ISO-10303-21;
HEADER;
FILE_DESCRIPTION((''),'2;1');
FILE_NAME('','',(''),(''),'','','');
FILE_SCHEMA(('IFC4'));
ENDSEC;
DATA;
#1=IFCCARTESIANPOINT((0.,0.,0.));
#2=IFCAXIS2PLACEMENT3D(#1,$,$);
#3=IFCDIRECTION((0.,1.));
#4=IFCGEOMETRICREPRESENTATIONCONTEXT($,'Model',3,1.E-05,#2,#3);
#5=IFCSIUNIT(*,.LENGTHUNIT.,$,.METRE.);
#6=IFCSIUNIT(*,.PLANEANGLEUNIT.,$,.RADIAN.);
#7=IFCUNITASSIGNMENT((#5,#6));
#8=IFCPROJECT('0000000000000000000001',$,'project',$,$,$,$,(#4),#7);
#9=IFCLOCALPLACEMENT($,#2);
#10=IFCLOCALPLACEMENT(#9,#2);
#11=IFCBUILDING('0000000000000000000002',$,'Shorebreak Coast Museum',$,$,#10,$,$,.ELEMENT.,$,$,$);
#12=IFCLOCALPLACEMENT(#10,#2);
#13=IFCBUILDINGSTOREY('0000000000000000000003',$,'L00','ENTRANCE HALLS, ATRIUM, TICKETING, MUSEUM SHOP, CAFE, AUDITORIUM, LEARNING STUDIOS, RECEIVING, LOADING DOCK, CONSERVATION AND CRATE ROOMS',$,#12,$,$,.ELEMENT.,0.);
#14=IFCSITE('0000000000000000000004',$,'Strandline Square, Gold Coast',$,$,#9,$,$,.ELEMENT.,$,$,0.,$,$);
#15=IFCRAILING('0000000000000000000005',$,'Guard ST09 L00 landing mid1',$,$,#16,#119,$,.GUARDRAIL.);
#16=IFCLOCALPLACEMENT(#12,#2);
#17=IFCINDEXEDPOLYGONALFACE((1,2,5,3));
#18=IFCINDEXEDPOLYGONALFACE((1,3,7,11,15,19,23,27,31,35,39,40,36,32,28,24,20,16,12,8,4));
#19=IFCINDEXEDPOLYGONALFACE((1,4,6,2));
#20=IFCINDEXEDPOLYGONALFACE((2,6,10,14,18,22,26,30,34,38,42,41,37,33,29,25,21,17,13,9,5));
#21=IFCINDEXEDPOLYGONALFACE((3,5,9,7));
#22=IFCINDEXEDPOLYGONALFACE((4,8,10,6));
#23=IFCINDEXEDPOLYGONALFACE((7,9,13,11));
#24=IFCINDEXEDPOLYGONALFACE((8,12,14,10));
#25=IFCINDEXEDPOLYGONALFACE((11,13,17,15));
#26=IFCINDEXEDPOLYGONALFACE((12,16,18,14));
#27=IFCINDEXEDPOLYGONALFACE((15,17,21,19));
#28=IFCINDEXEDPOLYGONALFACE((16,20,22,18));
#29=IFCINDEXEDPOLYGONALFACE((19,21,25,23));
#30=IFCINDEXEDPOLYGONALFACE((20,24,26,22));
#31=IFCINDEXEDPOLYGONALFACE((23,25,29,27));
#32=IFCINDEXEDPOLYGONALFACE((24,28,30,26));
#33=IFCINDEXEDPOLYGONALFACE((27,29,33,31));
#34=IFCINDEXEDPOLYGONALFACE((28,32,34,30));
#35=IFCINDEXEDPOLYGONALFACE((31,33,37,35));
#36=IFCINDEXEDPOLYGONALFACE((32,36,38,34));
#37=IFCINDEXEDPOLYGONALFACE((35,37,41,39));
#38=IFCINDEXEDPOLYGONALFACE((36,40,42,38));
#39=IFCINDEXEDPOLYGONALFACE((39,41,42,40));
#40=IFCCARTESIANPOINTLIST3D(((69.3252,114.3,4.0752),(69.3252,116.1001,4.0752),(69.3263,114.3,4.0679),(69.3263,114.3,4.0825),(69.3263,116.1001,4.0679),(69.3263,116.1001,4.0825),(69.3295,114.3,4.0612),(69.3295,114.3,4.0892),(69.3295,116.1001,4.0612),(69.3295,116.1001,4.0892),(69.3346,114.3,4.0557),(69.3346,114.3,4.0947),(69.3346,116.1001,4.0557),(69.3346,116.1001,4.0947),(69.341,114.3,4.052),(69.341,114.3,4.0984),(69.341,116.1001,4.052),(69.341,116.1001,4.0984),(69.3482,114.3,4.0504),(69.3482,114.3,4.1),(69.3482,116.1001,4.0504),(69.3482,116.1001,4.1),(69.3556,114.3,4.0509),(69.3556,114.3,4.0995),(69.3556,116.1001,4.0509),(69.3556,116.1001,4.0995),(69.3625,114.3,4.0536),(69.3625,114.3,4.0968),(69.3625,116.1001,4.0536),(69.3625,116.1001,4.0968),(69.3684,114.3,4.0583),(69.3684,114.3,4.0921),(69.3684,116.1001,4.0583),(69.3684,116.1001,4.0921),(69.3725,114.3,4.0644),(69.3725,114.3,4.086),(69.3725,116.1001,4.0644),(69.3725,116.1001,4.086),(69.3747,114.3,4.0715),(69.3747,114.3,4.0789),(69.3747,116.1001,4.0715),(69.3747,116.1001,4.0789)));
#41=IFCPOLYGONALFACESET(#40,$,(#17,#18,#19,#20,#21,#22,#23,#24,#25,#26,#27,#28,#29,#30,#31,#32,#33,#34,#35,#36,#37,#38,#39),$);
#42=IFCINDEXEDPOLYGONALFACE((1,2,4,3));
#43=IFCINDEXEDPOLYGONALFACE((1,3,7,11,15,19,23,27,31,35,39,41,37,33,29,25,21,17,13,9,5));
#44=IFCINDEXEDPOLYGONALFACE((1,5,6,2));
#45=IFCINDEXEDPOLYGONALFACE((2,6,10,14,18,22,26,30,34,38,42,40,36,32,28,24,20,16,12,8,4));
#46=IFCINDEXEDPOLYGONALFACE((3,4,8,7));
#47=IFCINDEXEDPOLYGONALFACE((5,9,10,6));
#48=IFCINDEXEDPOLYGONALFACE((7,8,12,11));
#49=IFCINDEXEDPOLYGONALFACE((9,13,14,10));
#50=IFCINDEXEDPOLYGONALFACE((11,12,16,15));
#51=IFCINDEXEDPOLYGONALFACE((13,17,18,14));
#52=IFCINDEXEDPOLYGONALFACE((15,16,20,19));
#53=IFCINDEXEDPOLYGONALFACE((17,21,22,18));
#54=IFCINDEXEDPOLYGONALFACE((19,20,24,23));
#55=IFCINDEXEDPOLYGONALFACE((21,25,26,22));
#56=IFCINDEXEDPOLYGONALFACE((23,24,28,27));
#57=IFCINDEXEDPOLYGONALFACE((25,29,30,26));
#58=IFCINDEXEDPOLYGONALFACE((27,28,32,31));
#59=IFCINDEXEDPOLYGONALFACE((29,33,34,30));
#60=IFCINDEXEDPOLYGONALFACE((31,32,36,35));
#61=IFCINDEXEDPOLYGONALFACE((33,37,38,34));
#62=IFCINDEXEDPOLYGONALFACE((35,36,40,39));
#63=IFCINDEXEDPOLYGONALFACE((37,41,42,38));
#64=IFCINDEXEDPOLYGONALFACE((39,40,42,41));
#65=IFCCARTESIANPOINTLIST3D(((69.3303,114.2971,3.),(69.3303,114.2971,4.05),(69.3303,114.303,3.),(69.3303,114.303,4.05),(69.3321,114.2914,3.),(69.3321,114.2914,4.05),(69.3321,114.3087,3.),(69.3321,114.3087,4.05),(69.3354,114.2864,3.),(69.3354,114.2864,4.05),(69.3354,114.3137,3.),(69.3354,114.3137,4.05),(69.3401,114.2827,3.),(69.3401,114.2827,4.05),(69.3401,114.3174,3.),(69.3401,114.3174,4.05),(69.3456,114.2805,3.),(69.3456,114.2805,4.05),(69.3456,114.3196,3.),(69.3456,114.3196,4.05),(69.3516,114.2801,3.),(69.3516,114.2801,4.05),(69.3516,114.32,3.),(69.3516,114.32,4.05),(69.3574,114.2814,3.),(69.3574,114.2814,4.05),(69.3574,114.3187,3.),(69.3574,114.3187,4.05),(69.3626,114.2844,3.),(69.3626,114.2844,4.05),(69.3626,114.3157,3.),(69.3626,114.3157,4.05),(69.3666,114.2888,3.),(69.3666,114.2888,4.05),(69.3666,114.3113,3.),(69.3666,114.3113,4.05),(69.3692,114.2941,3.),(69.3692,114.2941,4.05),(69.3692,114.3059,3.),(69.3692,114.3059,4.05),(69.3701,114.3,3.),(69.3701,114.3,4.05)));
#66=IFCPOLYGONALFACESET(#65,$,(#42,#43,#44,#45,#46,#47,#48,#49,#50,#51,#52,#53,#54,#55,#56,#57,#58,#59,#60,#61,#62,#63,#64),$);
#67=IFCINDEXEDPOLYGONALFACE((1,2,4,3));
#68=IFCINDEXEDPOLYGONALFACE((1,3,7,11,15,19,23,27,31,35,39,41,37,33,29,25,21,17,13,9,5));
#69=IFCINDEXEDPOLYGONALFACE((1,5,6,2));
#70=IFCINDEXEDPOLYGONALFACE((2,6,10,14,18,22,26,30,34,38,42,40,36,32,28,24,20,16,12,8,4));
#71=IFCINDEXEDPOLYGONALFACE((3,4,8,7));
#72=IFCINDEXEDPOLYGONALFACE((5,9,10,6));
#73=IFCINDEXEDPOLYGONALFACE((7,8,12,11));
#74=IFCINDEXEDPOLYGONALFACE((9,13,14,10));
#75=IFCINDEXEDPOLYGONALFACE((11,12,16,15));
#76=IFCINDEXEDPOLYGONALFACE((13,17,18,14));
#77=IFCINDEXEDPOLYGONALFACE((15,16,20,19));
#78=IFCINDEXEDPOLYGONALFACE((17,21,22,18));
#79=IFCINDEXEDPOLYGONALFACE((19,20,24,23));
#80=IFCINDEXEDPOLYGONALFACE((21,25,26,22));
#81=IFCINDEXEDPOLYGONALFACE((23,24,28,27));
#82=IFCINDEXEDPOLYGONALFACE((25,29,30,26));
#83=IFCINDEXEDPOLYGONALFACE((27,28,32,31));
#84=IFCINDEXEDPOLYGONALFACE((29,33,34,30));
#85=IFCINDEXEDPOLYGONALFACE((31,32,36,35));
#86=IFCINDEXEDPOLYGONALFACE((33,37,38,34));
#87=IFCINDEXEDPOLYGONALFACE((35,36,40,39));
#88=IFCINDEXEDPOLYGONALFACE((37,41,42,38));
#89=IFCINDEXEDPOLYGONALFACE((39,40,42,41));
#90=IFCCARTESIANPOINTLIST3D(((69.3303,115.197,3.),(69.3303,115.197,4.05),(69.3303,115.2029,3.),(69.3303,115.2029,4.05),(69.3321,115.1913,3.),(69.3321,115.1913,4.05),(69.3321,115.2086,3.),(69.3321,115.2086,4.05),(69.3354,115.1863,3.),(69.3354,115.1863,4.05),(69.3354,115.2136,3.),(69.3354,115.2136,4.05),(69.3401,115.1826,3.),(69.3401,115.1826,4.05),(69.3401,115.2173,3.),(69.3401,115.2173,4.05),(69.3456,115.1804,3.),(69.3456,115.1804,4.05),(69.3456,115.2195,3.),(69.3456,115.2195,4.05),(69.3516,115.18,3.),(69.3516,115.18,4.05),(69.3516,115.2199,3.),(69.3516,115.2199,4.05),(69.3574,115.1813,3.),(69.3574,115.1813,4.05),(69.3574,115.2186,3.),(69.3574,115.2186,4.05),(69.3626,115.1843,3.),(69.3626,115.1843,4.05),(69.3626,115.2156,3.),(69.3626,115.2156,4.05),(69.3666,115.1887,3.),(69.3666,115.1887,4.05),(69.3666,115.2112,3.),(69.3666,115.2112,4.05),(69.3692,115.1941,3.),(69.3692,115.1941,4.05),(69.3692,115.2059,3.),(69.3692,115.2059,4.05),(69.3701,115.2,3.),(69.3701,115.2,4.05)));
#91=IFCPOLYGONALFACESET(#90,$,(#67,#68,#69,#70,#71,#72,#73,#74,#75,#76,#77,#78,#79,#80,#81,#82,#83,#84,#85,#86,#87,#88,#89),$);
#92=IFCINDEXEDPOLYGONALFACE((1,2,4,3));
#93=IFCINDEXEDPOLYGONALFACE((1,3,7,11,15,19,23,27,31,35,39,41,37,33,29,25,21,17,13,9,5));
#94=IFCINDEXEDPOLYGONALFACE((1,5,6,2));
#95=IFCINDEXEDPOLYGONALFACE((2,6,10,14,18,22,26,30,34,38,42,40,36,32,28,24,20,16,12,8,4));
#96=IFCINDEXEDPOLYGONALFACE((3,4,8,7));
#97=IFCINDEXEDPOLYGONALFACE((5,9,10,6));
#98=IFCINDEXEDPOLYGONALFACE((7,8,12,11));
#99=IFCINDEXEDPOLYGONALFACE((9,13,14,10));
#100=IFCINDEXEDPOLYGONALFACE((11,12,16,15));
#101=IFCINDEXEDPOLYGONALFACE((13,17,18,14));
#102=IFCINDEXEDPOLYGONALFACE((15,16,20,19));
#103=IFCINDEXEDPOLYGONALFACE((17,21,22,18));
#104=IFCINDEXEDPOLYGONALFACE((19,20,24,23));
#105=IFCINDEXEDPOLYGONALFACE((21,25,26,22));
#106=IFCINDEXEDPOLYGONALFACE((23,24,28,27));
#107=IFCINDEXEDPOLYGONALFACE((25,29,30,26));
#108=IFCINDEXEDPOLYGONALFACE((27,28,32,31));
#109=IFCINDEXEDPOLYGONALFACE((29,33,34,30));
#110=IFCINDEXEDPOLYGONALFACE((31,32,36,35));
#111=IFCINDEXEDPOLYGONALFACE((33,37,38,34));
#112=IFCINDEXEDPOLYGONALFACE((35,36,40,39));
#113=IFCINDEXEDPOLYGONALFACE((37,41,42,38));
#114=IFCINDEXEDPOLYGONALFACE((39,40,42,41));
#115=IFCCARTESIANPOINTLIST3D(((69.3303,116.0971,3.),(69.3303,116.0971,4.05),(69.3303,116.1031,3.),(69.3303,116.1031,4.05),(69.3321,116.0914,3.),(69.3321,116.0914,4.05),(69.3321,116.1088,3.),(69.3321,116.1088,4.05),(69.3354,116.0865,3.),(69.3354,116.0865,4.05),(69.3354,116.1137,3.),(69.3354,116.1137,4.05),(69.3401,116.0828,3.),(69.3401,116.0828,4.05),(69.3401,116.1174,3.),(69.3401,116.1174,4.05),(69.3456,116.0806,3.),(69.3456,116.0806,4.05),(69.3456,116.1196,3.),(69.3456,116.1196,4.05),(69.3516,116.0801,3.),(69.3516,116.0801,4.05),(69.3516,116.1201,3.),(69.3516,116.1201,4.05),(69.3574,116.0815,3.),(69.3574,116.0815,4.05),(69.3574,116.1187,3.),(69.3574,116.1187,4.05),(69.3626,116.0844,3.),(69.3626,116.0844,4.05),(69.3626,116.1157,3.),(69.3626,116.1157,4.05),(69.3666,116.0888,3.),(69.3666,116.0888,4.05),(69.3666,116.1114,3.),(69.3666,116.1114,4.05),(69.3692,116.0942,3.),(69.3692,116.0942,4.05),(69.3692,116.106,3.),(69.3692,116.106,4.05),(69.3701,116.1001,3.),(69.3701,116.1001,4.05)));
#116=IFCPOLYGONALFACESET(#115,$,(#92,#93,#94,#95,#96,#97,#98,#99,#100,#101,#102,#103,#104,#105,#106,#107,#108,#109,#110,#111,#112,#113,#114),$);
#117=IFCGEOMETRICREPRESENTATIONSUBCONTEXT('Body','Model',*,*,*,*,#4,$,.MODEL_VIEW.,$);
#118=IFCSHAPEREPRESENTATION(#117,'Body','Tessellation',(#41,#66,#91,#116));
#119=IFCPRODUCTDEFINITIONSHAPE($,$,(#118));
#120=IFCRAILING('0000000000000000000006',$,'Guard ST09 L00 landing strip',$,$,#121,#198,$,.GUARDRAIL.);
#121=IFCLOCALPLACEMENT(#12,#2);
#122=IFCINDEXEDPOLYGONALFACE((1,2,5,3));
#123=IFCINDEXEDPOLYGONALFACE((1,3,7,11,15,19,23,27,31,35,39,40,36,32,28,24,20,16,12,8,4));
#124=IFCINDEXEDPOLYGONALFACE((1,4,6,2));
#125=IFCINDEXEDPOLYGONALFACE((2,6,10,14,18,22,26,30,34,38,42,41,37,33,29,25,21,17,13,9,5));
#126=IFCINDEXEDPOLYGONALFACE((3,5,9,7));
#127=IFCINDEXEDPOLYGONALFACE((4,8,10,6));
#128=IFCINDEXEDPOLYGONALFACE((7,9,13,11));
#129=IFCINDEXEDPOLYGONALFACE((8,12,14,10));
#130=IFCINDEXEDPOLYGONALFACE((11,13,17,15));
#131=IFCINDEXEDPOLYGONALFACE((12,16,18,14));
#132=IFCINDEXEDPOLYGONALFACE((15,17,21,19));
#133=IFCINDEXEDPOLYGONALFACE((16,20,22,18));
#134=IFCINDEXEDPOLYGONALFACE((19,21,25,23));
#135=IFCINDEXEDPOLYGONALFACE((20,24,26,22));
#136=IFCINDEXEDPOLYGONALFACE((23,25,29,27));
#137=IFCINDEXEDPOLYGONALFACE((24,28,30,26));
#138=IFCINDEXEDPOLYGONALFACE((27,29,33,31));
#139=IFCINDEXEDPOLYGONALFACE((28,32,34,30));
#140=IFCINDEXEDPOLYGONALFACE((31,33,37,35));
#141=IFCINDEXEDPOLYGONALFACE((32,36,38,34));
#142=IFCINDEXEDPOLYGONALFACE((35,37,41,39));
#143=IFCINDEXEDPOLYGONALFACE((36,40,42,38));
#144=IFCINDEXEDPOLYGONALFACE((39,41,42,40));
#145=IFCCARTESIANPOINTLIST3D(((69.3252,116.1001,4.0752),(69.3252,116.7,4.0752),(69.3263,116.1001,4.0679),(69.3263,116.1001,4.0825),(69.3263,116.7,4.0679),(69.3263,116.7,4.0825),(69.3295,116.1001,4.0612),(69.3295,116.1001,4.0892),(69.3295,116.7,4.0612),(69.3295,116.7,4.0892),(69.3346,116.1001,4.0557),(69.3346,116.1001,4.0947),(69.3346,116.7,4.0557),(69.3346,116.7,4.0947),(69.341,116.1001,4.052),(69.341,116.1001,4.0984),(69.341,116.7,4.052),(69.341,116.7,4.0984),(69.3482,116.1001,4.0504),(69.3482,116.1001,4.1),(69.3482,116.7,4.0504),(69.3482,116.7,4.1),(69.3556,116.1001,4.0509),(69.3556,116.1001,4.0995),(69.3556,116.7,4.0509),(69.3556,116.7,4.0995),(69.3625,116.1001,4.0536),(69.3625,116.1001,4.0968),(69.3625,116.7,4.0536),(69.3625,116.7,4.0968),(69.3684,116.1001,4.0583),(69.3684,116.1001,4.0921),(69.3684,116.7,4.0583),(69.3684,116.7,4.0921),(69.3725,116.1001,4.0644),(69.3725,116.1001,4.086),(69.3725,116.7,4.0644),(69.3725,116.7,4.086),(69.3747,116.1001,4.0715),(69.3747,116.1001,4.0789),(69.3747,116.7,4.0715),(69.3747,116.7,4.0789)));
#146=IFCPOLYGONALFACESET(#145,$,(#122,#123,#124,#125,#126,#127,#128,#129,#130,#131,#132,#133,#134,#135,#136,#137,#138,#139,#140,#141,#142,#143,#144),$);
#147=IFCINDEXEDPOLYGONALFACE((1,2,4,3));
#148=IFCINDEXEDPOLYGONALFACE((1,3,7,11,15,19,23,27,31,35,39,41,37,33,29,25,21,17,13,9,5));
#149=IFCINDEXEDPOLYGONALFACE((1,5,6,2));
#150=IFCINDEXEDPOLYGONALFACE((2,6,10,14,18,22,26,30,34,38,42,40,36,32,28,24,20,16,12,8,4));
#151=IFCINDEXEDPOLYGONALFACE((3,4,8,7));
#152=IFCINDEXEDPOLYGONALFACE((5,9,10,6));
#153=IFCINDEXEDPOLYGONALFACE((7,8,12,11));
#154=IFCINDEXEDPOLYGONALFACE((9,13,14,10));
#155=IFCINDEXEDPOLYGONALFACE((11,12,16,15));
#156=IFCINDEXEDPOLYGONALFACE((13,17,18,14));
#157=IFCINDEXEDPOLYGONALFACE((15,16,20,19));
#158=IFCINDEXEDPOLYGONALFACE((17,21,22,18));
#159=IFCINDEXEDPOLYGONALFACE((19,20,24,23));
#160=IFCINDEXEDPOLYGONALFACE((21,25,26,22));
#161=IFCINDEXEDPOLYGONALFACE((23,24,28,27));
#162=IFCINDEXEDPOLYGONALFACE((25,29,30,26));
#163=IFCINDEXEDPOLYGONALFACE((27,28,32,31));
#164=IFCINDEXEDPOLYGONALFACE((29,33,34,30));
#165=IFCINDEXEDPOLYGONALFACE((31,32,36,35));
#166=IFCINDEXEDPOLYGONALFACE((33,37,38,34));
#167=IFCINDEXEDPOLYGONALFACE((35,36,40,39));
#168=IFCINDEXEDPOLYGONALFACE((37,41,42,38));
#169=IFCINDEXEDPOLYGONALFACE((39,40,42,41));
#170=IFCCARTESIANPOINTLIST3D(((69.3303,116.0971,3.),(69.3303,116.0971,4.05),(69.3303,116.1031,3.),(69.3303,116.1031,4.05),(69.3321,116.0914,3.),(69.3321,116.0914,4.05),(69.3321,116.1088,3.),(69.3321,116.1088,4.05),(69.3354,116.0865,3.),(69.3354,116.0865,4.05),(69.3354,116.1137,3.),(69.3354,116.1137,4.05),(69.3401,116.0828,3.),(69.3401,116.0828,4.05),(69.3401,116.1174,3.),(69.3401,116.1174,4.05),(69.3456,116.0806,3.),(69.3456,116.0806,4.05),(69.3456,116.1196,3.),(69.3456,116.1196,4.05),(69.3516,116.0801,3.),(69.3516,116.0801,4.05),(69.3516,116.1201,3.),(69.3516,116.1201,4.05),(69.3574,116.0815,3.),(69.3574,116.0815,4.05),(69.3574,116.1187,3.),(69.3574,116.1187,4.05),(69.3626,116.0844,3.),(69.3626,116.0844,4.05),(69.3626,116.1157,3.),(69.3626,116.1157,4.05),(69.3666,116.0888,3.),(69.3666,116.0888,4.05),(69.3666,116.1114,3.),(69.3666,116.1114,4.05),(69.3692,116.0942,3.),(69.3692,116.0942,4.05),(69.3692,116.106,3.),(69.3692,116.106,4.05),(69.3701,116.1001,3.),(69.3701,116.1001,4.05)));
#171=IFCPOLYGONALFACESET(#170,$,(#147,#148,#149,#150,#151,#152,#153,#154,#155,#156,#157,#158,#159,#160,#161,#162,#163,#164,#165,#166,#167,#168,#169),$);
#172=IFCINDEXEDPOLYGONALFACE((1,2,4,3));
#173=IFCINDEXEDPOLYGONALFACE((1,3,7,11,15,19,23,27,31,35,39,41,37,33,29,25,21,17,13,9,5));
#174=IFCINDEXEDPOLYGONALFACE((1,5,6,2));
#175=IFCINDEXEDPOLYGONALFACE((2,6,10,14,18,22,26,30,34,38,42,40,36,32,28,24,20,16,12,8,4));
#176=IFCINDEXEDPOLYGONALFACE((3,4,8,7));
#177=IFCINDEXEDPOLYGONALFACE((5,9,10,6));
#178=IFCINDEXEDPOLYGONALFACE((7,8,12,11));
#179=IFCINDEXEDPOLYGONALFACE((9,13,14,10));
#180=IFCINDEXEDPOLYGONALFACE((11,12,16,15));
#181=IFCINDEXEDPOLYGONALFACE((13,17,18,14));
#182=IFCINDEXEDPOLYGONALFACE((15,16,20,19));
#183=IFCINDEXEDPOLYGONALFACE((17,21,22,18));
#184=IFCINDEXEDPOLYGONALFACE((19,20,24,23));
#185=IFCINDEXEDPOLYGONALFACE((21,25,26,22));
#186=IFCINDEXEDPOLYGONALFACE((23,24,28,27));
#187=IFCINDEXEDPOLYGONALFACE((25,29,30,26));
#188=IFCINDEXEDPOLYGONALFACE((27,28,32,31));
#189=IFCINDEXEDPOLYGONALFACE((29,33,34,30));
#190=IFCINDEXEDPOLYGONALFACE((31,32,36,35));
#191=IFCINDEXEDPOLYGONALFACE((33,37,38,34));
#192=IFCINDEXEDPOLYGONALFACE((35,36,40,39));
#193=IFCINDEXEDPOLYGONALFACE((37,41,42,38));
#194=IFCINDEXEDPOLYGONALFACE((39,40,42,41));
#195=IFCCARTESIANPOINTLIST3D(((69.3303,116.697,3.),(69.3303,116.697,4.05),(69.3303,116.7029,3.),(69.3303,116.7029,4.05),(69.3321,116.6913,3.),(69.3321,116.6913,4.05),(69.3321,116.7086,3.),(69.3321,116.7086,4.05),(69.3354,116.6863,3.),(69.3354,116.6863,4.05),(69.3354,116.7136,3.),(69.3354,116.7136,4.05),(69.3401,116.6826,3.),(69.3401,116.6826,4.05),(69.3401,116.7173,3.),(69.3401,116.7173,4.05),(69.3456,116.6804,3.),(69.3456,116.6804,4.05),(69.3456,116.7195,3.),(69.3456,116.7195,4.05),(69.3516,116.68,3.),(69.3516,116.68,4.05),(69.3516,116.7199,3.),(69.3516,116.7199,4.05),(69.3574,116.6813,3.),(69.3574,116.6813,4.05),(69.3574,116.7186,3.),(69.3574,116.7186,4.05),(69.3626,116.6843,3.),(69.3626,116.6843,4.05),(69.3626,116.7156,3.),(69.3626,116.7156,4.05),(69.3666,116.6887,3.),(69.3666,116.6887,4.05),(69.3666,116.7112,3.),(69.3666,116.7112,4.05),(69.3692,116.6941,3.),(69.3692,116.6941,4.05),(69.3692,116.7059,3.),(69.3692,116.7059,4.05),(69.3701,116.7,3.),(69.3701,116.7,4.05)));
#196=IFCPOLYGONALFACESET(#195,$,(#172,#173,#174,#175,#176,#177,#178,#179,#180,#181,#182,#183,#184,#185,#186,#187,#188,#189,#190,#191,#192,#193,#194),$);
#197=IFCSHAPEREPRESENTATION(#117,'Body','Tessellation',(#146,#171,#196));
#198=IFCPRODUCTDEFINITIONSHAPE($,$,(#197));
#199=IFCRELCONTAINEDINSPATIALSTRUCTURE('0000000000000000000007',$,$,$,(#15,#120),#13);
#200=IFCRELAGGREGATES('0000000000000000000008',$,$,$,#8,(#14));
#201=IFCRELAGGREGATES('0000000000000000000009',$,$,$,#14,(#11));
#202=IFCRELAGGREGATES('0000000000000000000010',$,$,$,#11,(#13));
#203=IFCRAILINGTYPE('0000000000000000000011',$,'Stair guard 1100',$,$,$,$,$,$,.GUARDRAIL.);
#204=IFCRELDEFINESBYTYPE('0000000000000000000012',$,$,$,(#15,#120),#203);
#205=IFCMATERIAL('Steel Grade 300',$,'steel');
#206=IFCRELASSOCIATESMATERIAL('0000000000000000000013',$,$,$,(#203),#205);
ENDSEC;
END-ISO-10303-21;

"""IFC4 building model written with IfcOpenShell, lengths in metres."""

from ifc_helpers import new_model, si_unit, direction, frame, origin, origin_2d, place, context, subcontext, project, spatial, circle, extrude, material, type_object, element, save


model = new_model("IFC4")

# Units and contexts
model_context = context("Model", 3, precision=1e-05, world=origin(), true_north=direction((0.0, 1.0)))
body_context = subcontext(model_context, "Body", "Model", "MODEL_VIEW")
ifc_project = project(units=[si_unit("LENGTHUNIT", "METRE"), si_unit("PLANEANGLEUNIT", "RADIAN")], contexts=[model_context])

# Site, building, storey
site_placement = place(None, origin())
site = spatial("IfcSite", under=ifc_project, at=site_placement, Name="Strandline Square, Gold Coast", CompositionType="ELEMENT", RefElevation=0.0)
building_placement = place(site_placement, origin())
building = spatial("IfcBuilding", under=site, at=building_placement, Name="Shorebreak Coast Museum", CompositionType="ELEMENT")
storey_placement = place(building_placement, origin())
storey = spatial("IfcBuildingStorey", under=building, at=storey_placement, Name="L00", Description="ENTRANCE HALLS, ATRIUM, TICKETING, MUSEUM SHOP, CAFE, AUDITORIUM, LEARNING STUDIOS, RECEIVING, LOADING DOCK, CONSERVATION AND CRATE ROOMS", CompositionType="ELEMENT", Elevation=0.0)

# Railings
ifc_material_1 = material(Name="Steel Grade 300", Category="steel")
railing_type_1 = type_object("IfcRailingType", Name="Stair guard 1100", PredefinedType="GUARDRAIL", material=ifc_material_1)
for number, where, name in (
    (1, (69.3501, 114.3, 3.0), "Guard ST09 L00 landing mid1"),
):
    element("IfcRailing", number, at=place(storey_placement, frame(where)), inside=storey, type_object=railing_type_1, Name=name, PredefinedType="GUARDRAIL", context=body_context, shape_type="SweptSolid", body=[
        extrude(circle(Radius=0.0249, at=origin_2d()), frame((0.0, 0.0, 1.0752), z_axis=(0.0, 1.0, 0.0), x_axis=(-1.0, 0.0, 0.0)), (0.0, 0.0, 1.0), 1.8),
        extrude(circle(Radius=0.02, at=origin_2d()), origin(), (0.0, 0.0, 1.0), 1.05),
        extrude(circle(Radius=0.02, at=origin_2d()), frame((0.0, 0.8999, 0.0)), (0.0, 0.0, 1.0), 1.05),
        extrude(circle(Radius=0.02, at=origin_2d()), frame((0.0, 1.8, 0.0)), (0.0, 0.0, 1.0), 1.05),
    ])
railing_1_placement = place(storey_placement, frame((69.3501, 116.1001, 3.0)))
element("IfcRailing", 2, at=railing_1_placement, inside=storey, type_object=railing_type_1, Name="Guard ST09 L00 landing strip", PredefinedType="GUARDRAIL", context=body_context, shape_type="SweptSolid", body=[
    extrude(circle(Radius=0.0249, at=origin_2d()), frame((0.0, 0.0, 1.0752), z_axis=(0.0, 1.0, 0.0), x_axis=(-1.0, 0.0, 0.0)), (0.0, 0.0, 1.0), 0.5999),
    extrude(circle(Radius=0.02, at=origin_2d()), origin(), (0.0, 0.0, 1.0), 1.05),
    extrude(circle(Radius=0.02, at=origin_2d()), frame((0.0, 0.5999, 0.0)), (0.0, 0.0, 1.0), 1.05),
])

save(model, "model.ifc")
